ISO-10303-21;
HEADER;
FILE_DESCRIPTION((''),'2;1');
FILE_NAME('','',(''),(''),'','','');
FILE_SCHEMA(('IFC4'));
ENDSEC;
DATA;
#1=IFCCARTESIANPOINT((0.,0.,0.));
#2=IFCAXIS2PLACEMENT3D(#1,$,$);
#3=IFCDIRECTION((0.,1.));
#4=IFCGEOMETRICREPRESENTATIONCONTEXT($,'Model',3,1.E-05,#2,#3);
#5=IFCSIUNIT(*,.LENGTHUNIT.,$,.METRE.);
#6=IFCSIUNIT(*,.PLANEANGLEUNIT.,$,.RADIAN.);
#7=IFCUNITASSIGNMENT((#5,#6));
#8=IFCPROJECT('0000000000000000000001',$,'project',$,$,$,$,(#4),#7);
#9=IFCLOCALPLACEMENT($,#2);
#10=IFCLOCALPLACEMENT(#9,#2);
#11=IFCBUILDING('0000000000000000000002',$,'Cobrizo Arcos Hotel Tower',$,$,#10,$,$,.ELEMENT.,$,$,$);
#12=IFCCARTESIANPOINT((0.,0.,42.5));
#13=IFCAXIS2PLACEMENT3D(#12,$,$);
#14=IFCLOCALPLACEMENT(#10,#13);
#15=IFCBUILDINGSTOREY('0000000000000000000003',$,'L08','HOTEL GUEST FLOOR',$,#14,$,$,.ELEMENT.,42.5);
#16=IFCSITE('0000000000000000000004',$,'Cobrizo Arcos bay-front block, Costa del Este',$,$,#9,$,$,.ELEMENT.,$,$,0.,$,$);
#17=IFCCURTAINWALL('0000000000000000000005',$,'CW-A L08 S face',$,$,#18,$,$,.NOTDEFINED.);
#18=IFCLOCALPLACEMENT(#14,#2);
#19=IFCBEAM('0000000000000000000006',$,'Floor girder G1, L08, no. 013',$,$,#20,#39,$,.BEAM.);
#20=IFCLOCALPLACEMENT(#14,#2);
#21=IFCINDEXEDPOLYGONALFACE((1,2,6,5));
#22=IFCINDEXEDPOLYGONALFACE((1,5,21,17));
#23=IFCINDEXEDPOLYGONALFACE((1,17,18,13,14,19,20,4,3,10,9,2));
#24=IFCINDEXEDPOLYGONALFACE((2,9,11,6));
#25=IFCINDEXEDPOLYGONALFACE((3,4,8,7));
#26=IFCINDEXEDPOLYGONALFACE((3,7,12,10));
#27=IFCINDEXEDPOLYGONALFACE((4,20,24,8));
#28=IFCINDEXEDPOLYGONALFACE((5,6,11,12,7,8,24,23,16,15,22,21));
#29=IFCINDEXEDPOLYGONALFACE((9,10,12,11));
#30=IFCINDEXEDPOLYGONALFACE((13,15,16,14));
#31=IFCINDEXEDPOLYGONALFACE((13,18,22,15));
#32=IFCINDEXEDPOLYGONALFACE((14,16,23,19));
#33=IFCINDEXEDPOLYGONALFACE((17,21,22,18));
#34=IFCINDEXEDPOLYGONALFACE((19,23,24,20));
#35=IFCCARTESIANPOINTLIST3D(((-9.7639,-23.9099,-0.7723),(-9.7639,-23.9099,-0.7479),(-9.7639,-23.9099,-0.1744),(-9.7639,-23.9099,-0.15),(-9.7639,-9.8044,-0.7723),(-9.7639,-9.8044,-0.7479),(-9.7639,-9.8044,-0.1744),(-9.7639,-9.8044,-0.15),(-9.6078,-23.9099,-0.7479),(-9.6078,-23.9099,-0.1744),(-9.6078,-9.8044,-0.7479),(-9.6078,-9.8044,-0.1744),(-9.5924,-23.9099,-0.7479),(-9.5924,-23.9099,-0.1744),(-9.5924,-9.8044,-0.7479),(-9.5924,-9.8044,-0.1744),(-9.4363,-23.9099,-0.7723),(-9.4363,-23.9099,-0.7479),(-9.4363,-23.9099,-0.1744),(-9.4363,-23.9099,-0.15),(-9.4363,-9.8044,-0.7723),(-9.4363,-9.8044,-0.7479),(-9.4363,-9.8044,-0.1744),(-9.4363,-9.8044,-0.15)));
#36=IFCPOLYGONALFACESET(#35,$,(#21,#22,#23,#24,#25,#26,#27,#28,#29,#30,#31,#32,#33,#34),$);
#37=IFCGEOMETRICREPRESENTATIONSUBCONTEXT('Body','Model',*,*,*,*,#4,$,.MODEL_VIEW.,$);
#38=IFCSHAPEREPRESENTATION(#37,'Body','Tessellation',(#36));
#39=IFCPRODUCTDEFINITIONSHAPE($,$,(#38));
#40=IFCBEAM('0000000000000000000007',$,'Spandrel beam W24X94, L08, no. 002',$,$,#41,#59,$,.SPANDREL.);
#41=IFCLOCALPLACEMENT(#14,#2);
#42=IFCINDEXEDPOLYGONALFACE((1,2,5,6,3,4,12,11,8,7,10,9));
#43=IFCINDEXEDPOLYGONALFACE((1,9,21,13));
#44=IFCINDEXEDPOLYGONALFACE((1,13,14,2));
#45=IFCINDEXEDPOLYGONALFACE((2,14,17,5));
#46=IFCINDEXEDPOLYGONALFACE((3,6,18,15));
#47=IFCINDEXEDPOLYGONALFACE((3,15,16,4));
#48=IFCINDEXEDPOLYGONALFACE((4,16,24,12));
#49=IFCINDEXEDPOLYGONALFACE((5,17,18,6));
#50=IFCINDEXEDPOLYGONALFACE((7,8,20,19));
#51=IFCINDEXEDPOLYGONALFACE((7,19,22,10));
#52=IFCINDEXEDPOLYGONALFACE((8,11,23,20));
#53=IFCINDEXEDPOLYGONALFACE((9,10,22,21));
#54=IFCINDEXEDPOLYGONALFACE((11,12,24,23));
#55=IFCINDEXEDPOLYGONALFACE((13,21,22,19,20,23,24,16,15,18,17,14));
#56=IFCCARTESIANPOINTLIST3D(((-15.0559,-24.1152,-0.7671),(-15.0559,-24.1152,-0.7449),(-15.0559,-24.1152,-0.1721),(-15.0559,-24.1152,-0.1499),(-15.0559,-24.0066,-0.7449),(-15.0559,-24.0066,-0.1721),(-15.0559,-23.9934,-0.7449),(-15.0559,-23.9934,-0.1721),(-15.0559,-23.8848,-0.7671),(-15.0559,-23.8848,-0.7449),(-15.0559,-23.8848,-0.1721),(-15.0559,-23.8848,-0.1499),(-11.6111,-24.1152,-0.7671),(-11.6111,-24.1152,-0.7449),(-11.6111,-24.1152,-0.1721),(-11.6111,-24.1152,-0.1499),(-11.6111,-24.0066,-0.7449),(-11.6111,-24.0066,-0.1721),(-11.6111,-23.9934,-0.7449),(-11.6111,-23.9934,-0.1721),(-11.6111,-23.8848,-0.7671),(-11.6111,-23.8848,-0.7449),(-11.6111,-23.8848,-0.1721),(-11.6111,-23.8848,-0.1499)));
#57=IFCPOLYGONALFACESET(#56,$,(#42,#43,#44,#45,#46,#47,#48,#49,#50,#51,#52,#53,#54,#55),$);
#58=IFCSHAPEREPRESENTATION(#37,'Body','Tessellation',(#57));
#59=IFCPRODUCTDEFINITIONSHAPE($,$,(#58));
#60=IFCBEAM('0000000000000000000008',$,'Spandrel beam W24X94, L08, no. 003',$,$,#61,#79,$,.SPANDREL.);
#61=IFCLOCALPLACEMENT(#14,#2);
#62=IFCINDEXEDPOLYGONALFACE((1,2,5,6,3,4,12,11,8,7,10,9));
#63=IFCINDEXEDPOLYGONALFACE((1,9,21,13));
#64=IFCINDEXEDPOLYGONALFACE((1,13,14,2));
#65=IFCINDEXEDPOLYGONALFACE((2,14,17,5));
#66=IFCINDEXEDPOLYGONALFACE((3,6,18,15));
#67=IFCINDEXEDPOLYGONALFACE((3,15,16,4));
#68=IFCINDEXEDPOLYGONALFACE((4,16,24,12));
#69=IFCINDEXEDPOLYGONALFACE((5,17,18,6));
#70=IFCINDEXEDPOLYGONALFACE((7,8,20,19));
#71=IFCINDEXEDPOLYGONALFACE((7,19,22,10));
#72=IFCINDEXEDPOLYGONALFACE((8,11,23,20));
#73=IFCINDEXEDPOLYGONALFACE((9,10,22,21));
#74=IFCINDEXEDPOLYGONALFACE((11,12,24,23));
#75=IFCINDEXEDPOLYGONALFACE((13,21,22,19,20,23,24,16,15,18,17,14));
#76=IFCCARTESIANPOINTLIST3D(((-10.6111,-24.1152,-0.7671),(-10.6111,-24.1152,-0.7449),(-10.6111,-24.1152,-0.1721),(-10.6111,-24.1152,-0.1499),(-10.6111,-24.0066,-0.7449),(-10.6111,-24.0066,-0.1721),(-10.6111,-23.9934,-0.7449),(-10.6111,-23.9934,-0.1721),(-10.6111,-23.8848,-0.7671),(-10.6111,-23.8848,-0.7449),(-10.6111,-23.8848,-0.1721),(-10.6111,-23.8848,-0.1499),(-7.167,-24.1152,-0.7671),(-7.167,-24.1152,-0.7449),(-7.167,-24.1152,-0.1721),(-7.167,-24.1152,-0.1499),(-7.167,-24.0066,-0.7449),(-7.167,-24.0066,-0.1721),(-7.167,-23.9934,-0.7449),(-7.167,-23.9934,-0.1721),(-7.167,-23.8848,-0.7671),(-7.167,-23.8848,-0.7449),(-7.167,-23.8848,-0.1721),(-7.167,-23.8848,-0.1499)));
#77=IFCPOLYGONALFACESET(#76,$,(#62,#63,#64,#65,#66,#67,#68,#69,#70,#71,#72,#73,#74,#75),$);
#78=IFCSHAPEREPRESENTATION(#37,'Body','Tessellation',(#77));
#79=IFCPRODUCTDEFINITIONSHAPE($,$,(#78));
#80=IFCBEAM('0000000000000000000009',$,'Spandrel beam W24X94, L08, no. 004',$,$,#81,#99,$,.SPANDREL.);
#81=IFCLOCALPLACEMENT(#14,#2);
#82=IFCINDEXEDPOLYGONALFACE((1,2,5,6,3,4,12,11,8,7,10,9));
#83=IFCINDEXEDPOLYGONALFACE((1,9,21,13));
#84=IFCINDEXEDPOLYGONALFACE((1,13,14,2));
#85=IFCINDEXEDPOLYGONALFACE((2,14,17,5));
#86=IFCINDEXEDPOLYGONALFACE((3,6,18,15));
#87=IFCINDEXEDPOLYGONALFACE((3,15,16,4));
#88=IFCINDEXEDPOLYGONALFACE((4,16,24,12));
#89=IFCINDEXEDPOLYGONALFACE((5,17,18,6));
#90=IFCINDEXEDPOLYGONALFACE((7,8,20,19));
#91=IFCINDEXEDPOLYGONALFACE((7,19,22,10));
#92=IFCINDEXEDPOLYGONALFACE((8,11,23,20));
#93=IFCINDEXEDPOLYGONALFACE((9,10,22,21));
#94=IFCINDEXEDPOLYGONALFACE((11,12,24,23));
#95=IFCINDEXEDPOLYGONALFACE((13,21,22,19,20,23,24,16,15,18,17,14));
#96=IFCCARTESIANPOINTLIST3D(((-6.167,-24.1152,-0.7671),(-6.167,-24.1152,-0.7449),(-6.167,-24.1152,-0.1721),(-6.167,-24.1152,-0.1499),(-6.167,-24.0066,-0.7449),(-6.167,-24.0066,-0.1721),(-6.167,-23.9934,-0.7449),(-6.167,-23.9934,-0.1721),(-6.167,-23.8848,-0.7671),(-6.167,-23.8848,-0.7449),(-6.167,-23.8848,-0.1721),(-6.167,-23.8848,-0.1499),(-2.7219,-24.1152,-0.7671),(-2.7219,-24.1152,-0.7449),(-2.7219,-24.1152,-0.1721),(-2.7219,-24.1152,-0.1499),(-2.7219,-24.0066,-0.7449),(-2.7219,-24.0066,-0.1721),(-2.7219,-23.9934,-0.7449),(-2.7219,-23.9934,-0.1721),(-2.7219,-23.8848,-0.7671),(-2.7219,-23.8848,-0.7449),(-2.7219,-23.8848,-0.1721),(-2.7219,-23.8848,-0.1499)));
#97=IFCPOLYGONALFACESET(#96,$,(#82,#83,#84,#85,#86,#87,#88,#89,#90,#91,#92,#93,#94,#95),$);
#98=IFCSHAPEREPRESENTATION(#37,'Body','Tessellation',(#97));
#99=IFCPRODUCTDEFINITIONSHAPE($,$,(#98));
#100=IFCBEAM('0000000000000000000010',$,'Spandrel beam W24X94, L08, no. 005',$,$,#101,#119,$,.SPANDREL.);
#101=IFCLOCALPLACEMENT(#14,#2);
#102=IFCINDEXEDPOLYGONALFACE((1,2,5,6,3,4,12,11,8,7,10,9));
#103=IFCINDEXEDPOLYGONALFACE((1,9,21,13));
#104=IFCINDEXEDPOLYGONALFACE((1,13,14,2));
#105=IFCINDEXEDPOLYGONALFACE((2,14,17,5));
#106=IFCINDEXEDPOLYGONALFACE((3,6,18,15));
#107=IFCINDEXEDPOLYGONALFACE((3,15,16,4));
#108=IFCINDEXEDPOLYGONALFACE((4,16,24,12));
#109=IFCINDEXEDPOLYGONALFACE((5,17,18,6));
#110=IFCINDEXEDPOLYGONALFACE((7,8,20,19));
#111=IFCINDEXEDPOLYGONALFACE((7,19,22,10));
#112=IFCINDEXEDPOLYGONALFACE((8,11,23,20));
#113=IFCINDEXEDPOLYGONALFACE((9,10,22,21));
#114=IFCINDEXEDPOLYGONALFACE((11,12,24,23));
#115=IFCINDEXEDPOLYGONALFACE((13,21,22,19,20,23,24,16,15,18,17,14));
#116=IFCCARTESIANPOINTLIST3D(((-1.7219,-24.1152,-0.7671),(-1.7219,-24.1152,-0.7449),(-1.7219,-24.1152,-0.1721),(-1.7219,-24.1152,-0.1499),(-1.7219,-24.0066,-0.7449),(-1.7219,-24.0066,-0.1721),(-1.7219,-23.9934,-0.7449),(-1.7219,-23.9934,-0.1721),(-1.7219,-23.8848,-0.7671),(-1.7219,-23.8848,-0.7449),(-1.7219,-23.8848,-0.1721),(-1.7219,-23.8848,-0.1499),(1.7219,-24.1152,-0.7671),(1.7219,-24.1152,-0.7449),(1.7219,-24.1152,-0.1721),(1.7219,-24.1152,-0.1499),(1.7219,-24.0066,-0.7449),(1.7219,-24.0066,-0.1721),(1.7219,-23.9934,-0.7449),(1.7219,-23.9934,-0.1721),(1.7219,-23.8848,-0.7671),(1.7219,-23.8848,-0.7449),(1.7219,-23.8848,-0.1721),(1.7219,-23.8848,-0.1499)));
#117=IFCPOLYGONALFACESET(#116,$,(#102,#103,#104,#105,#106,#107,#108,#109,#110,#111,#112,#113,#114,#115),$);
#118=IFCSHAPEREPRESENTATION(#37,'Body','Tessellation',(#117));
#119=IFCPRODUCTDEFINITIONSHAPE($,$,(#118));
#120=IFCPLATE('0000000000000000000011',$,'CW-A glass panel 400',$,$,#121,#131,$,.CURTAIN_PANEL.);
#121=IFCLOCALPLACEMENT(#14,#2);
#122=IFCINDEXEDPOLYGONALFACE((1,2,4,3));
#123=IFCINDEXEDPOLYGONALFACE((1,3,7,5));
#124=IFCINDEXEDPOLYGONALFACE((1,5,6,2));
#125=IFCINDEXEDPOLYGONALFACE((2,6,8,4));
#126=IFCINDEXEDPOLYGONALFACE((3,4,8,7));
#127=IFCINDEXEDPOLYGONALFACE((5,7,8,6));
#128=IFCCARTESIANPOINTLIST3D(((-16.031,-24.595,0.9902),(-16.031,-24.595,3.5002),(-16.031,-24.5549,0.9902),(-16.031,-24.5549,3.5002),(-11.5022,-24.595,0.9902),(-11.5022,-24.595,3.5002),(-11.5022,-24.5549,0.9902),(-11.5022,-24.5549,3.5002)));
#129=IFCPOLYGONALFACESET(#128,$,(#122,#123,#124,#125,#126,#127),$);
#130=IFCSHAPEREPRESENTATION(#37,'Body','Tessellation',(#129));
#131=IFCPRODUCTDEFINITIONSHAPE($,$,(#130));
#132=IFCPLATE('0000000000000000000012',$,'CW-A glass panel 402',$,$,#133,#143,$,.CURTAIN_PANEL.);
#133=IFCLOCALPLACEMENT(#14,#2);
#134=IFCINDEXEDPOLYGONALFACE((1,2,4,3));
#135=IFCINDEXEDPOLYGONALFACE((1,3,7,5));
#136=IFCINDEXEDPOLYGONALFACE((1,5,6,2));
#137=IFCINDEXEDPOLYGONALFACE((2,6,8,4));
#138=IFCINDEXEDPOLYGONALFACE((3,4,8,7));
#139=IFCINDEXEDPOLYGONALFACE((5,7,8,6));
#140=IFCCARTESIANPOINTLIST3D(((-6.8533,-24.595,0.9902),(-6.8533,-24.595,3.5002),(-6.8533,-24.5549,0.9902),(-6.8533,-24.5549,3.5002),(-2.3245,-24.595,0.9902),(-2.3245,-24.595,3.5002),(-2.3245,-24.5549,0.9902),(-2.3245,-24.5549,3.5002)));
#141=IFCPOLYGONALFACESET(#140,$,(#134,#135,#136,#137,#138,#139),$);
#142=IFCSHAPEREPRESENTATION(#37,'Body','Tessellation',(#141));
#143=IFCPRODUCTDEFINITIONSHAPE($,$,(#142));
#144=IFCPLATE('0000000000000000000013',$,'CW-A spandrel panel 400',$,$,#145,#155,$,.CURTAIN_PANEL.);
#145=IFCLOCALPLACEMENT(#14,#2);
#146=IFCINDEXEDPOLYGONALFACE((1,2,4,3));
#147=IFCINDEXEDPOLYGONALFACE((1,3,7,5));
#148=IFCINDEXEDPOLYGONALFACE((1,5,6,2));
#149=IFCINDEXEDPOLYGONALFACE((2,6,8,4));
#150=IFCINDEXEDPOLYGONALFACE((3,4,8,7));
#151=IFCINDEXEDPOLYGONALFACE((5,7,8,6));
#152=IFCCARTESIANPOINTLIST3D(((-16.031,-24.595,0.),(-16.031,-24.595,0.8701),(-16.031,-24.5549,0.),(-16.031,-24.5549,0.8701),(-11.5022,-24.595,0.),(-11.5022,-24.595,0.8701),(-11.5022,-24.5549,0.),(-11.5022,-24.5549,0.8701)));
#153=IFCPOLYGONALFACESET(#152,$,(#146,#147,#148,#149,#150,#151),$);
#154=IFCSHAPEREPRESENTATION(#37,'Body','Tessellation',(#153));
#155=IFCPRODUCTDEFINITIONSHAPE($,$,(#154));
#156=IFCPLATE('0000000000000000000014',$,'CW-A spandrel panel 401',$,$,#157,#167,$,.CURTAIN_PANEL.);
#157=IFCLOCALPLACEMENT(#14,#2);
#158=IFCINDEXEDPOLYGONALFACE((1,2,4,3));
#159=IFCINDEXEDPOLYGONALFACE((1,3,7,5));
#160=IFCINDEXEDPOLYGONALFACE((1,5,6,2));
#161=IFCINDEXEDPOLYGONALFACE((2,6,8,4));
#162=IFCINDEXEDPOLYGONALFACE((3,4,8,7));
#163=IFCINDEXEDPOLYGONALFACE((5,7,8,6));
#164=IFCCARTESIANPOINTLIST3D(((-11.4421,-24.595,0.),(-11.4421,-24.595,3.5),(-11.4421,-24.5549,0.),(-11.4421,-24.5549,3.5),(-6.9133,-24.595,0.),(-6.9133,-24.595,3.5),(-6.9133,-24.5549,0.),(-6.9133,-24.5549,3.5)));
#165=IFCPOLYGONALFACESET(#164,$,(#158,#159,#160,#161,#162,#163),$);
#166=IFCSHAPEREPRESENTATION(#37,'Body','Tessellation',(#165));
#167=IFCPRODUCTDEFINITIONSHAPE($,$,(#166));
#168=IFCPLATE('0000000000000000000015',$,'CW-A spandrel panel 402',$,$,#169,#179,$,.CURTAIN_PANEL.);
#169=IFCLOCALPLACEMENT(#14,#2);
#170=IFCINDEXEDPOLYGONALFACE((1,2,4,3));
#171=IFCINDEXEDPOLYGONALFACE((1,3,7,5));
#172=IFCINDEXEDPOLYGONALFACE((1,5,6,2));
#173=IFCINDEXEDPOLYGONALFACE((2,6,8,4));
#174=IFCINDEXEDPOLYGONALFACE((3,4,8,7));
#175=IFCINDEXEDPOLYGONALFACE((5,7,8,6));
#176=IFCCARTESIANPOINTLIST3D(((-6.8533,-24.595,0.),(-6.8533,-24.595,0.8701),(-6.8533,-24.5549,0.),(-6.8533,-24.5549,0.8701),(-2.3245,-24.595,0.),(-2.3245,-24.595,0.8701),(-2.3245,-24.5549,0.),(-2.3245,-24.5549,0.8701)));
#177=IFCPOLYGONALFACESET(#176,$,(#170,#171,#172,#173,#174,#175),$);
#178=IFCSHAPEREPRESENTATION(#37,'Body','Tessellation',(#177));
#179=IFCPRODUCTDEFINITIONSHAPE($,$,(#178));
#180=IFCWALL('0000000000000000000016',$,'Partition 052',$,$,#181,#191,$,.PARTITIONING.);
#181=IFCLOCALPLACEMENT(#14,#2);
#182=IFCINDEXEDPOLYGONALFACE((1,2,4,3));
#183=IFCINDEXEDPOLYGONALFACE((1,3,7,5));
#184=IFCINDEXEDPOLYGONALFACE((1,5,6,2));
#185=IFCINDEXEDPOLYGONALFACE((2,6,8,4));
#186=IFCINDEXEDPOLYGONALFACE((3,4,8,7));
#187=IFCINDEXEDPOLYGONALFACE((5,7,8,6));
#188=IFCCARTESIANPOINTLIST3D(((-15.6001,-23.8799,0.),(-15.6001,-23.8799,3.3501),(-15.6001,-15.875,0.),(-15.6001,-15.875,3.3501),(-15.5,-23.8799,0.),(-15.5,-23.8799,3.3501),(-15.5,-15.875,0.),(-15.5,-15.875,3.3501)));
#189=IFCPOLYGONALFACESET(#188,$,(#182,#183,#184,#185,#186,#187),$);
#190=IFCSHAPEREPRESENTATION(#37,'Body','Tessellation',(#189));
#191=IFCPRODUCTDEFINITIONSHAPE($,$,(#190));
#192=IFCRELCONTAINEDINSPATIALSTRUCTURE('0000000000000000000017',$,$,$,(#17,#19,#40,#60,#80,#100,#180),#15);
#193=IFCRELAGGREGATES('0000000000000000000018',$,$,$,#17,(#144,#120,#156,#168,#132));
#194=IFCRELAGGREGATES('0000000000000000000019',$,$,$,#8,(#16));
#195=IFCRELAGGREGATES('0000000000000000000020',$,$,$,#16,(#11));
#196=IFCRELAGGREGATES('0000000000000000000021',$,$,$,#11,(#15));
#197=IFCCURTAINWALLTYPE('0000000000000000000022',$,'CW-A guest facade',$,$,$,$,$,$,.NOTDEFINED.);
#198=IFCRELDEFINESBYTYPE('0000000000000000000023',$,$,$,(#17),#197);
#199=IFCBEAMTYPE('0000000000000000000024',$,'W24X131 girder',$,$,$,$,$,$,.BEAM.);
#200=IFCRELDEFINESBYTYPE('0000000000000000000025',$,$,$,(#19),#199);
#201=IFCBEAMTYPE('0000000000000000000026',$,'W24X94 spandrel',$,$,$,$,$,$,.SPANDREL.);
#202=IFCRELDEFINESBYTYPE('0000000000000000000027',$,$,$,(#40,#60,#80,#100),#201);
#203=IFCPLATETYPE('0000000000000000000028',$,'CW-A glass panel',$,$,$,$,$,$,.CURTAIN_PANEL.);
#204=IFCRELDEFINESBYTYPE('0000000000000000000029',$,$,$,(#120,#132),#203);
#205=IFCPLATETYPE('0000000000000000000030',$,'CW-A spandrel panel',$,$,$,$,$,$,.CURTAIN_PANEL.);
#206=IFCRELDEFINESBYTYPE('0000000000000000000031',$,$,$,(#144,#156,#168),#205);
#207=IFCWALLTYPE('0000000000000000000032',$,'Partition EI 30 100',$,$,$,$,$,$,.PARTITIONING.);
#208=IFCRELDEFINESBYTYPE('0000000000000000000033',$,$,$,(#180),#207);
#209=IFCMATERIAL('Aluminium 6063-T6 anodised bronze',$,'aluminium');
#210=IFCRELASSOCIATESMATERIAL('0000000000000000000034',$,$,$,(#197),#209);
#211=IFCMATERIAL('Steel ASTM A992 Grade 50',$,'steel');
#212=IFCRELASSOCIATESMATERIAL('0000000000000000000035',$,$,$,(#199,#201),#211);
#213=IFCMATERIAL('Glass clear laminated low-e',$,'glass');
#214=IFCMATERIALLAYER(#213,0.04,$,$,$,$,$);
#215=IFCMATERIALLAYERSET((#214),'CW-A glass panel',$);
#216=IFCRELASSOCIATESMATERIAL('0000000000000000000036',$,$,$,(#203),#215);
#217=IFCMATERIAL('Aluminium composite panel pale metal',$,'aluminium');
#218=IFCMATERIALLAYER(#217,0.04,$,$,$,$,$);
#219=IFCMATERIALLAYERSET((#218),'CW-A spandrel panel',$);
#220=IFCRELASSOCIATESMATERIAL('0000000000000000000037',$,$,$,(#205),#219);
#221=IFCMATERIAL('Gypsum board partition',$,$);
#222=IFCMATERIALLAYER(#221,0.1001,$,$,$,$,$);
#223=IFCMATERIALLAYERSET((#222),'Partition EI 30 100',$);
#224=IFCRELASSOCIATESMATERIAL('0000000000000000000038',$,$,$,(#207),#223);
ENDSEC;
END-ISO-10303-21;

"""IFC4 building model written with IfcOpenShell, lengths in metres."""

from ifc_helpers import new_model, si_unit, direction, frame, frame_2d, origin, origin_2d, place, context, subcontext, project, spatial, rectangle, i_section, extrude, material, layer, layer_set, material_profile, profile_set, type_object, element, aggregate, save


model = new_model("IFC4")

# Units and contexts
model_context = context("Model", 3, precision=1e-05, world=origin(), true_north=direction((0.0, 1.0)))
body_context = subcontext(model_context, "Body", "Model", "MODEL_VIEW")
ifc_project = project(units=[si_unit("LENGTHUNIT", "METRE"), si_unit("PLANEANGLEUNIT", "RADIAN")], contexts=[model_context])

# Site, building, storey
site_placement = place(None, origin())
site = spatial("IfcSite", under=ifc_project, at=site_placement, Name="Cobrizo Arcos bay-front block, Costa del Este", CompositionType="ELEMENT", RefElevation=0.0)
building_placement = place(site_placement, origin())
building = spatial("IfcBuilding", under=site, at=building_placement, Name="Cobrizo Arcos Hotel Tower", CompositionType="ELEMENT")
storey_placement = place(building_placement, frame((0.0, 0.0, 42.5)))
storey = spatial("IfcBuildingStorey", under=building, at=storey_placement, Name="L08", Description="HOTEL GUEST FLOOR", CompositionType="ELEMENT", Elevation=42.5)

# Curtain wall
ifc_material_1 = material(Name="Aluminium 6063-T6 anodised bronze", Category="aluminium")
curtain_wall_type = type_object("IfcCurtainWallType", Name="CW-A guest facade", PredefinedType="NOTDEFINED", material=ifc_material_1)
curtain_wall_placement = place(storey_placement, origin())
curtain_wall = element("IfcCurtainWall", 1, at=curtain_wall_placement, inside=storey, type_object=curtain_wall_type, Name="CW-A L08 S face", PredefinedType="NOTDEFINED")

# Beams
ifc_material_2 = material(Name="Steel ASTM A992 Grade 50", Category="steel")
ifc_material_profile_1 = material_profile(ifc_material_2, i_section(OverallWidth=0.3276, OverallDepth=0.6223, WebThickness=0.0154, FlangeThickness=0.0244, at=origin_2d()), Name="W24X131")
ifc_profile_set_1 = profile_set([ifc_material_profile_1], Name="Steel ASTM A992 Grade 50")
beam_type_1 = type_object("IfcBeamType", Name="W24X131 girder", PredefinedType="BEAM", material=ifc_profile_set_1)
beam_1_placement = place(storey_placement, frame((-9.6001, -23.9099, -0.4612), z_axis=(0.0, 1.0, 0.0), x_axis=(-1.0, 0.0, 0.0)))
element("IfcBeam", 2, at=beam_1_placement, inside=storey, type_object=beam_type_1, Name="Floor girder G1, L08, no. 013", PredefinedType="BEAM", context=body_context, shape_type="SweptSolid", body=[
    extrude(i_section(OverallWidth=0.3276, OverallDepth=0.6223, WebThickness=0.0154, FlangeThickness=0.0244, at=origin_2d()), origin(), (0.0, 0.0, 1.0), 14.1055),
])
ifc_material_profile_2 = material_profile(ifc_material_2, i_section(OverallWidth=0.2305, OverallDepth=0.6172, WebThickness=0.0132, FlangeThickness=0.0222, at=origin_2d()), Name="W24X94")
ifc_profile_set_2 = profile_set([ifc_material_profile_2], Name="Steel ASTM A992 Grade 50")
beam_type_2 = type_object("IfcBeamType", Name="W24X94 spandrel", PredefinedType="SPANDREL", material=ifc_profile_set_2)
beam_2_placement = place(storey_placement, frame((-15.0559, -24.0, -0.4585), z_axis=(1.0, 0.0, 0.0), x_axis=(0.0, 1.0, 0.0)))
element("IfcBeam", 3, at=beam_2_placement, inside=storey, type_object=beam_type_2, Name="Spandrel beam W24X94, L08, no. 002", PredefinedType="SPANDREL", context=body_context, shape_type="SweptSolid", body=[
    extrude(i_section(OverallWidth=0.2305, OverallDepth=0.6172, WebThickness=0.0132, FlangeThickness=0.0222, at=origin_2d()), origin(), (0.0, 0.0, 1.0), 3.4448),
])
beam_3_placement = place(storey_placement, frame((-10.6111, -24.0, -0.4585), z_axis=(1.0, 0.0, 0.0), x_axis=(0.0, 1.0, 0.0)))
element("IfcBeam", 4, at=beam_3_placement, inside=storey, type_object=beam_type_2, Name="Spandrel beam W24X94, L08, no. 003", PredefinedType="SPANDREL", context=body_context, shape_type="SweptSolid", body=[
    extrude(i_section(OverallWidth=0.2305, OverallDepth=0.6172, WebThickness=0.0132, FlangeThickness=0.0222, at=origin_2d()), origin(), (0.0, 0.0, 1.0), 3.4441),
])
beam_4_placement = place(storey_placement, frame((-6.167, -24.0, -0.4585), z_axis=(1.0, 0.0, 0.0), x_axis=(0.0, 1.0, 0.0)))
element("IfcBeam", 5, at=beam_4_placement, inside=storey, type_object=beam_type_2, Name="Spandrel beam W24X94, L08, no. 004", PredefinedType="SPANDREL", context=body_context, shape_type="SweptSolid", body=[
    extrude(i_section(OverallWidth=0.2305, OverallDepth=0.6172, WebThickness=0.0132, FlangeThickness=0.0222, at=origin_2d()), origin(), (0.0, 0.0, 1.0), 3.4451),
])
beam_5_placement = place(storey_placement, frame((-1.7219, -24.0, -0.4585), z_axis=(1.0, 0.0, 0.0), x_axis=(0.0, 1.0, 0.0)))
element("IfcBeam", 6, at=beam_5_placement, inside=storey, type_object=beam_type_2, Name="Spandrel beam W24X94, L08, no. 005", PredefinedType="SPANDREL", context=body_context, shape_type="SweptSolid", body=[
    extrude(i_section(OverallWidth=0.2305, OverallDepth=0.6172, WebThickness=0.0132, FlangeThickness=0.0222, at=origin_2d()), origin(), (0.0, 0.0, 1.0), 3.4438),
])

# Plates
ifc_material_3 = material(Name="Glass clear laminated low-e", Category="glass")
ifc_layer_1 = layer(ifc_material_3, 0.04)
ifc_layer_set_1 = layer_set([ifc_layer_1], Name="CW-A glass panel")
plate_type_1 = type_object("IfcPlateType", Name="CW-A glass panel", PredefinedType="CURTAIN_PANEL", material=ifc_layer_set_1)
plate_1_placement = place(storey_placement, frame((-13.7666, -24.575, 0.9902), z_axis=(0.0, 0.0, 1.0), x_axis=(1.0, 0.0, 0.0)))
plate_1 = element("IfcPlate", 7, at=plate_1_placement, type_object=plate_type_1, Name="CW-A glass panel 400", PredefinedType="CURTAIN_PANEL", context=body_context, shape_type="SweptSolid", body=[
    extrude(rectangle(XDim=4.5288, YDim=0.04, at=origin_2d()), origin(), (0.0, 0.0, 1.0), 2.51),
])
plate_2_placement = place(storey_placement, frame((-4.5889, -24.575, 0.9902), z_axis=(0.0, 0.0, 1.0), x_axis=(1.0, 0.0, 0.0)))
plate_2 = element("IfcPlate", 8, at=plate_2_placement, type_object=plate_type_1, Name="CW-A glass panel 402", PredefinedType="CURTAIN_PANEL", context=body_context, shape_type="SweptSolid", body=[
    extrude(rectangle(XDim=4.5288, YDim=0.04, at=origin_2d()), origin(), (0.0, 0.0, 1.0), 2.51),
])
ifc_material_4 = material(Name="Aluminium composite panel pale metal", Category="aluminium")
ifc_layer_2 = layer(ifc_material_4, 0.04)
ifc_layer_set_2 = layer_set([ifc_layer_2], Name="CW-A spandrel panel")
plate_type_2 = type_object("IfcPlateType", Name="CW-A spandrel panel", PredefinedType="CURTAIN_PANEL", material=ifc_layer_set_2)
plate_3_placement = place(storey_placement, frame((-13.7666, -24.575, 0.0), z_axis=(0.0, 0.0, 1.0), x_axis=(1.0, 0.0, 0.0)))
plate_3 = element("IfcPlate", 9, at=plate_3_placement, type_object=plate_type_2, Name="CW-A spandrel panel 400", PredefinedType="CURTAIN_PANEL", context=body_context, shape_type="SweptSolid", body=[
    extrude(rectangle(XDim=4.5288, YDim=0.04, at=origin_2d()), origin(), (0.0, 0.0, 1.0), 0.8701),
])
plate_4_placement = place(storey_placement, frame((-9.1777, -24.575, 0.0), z_axis=(0.0, 0.0, 1.0), x_axis=(1.0, 0.0, 0.0)))
plate_4 = element("IfcPlate", 10, at=plate_4_placement, type_object=plate_type_2, Name="CW-A spandrel panel 401", PredefinedType="CURTAIN_PANEL", context=body_context, shape_type="SweptSolid", body=[
    extrude(rectangle(XDim=4.5288, YDim=0.04, at=origin_2d()), origin(), (0.0, 0.0, 1.0), 3.5),
])
plate_5_placement = place(storey_placement, frame((-4.5889, -24.575, 0.0), z_axis=(0.0, 0.0, 1.0), x_axis=(1.0, 0.0, 0.0)))
plate_5 = element("IfcPlate", 11, at=plate_5_placement, type_object=plate_type_2, Name="CW-A spandrel panel 402", PredefinedType="CURTAIN_PANEL", context=body_context, shape_type="SweptSolid", body=[
    extrude(rectangle(XDim=4.5288, YDim=0.04, at=origin_2d()), origin(), (0.0, 0.0, 1.0), 0.8701),
])
aggregate(curtain_wall, [plate_3, plate_1, plate_4, plate_5, plate_2])

# Wall
ifc_material_5 = material(Name="Gypsum board partition")
ifc_layer_3 = layer(ifc_material_5, 0.1001)
ifc_layer_set_3 = layer_set([ifc_layer_3], Name="Partition EI 30 100")
wall_type = type_object("IfcWallType", Name="Partition EI 30 100", PredefinedType="PARTITIONING", material=ifc_layer_set_3)
wall_1_placement = place(storey_placement, frame((-15.55, -23.8799, 0.0), z_axis=(0.0, 0.0, 1.0), x_axis=(0.0, 1.0, 0.0)))
element("IfcWall", 12, at=wall_1_placement, inside=storey, type_object=wall_type, Name="Partition 052", PredefinedType="PARTITIONING", context=body_context, shape_type="SweptSolid", body=[
    extrude(rectangle(XDim=8.0049, YDim=0.1001, at=frame_2d((4.0024, 0.0))), origin(), (0.0, 0.0, 1.0), 3.3501),
])

save(model, "model.ifc")
